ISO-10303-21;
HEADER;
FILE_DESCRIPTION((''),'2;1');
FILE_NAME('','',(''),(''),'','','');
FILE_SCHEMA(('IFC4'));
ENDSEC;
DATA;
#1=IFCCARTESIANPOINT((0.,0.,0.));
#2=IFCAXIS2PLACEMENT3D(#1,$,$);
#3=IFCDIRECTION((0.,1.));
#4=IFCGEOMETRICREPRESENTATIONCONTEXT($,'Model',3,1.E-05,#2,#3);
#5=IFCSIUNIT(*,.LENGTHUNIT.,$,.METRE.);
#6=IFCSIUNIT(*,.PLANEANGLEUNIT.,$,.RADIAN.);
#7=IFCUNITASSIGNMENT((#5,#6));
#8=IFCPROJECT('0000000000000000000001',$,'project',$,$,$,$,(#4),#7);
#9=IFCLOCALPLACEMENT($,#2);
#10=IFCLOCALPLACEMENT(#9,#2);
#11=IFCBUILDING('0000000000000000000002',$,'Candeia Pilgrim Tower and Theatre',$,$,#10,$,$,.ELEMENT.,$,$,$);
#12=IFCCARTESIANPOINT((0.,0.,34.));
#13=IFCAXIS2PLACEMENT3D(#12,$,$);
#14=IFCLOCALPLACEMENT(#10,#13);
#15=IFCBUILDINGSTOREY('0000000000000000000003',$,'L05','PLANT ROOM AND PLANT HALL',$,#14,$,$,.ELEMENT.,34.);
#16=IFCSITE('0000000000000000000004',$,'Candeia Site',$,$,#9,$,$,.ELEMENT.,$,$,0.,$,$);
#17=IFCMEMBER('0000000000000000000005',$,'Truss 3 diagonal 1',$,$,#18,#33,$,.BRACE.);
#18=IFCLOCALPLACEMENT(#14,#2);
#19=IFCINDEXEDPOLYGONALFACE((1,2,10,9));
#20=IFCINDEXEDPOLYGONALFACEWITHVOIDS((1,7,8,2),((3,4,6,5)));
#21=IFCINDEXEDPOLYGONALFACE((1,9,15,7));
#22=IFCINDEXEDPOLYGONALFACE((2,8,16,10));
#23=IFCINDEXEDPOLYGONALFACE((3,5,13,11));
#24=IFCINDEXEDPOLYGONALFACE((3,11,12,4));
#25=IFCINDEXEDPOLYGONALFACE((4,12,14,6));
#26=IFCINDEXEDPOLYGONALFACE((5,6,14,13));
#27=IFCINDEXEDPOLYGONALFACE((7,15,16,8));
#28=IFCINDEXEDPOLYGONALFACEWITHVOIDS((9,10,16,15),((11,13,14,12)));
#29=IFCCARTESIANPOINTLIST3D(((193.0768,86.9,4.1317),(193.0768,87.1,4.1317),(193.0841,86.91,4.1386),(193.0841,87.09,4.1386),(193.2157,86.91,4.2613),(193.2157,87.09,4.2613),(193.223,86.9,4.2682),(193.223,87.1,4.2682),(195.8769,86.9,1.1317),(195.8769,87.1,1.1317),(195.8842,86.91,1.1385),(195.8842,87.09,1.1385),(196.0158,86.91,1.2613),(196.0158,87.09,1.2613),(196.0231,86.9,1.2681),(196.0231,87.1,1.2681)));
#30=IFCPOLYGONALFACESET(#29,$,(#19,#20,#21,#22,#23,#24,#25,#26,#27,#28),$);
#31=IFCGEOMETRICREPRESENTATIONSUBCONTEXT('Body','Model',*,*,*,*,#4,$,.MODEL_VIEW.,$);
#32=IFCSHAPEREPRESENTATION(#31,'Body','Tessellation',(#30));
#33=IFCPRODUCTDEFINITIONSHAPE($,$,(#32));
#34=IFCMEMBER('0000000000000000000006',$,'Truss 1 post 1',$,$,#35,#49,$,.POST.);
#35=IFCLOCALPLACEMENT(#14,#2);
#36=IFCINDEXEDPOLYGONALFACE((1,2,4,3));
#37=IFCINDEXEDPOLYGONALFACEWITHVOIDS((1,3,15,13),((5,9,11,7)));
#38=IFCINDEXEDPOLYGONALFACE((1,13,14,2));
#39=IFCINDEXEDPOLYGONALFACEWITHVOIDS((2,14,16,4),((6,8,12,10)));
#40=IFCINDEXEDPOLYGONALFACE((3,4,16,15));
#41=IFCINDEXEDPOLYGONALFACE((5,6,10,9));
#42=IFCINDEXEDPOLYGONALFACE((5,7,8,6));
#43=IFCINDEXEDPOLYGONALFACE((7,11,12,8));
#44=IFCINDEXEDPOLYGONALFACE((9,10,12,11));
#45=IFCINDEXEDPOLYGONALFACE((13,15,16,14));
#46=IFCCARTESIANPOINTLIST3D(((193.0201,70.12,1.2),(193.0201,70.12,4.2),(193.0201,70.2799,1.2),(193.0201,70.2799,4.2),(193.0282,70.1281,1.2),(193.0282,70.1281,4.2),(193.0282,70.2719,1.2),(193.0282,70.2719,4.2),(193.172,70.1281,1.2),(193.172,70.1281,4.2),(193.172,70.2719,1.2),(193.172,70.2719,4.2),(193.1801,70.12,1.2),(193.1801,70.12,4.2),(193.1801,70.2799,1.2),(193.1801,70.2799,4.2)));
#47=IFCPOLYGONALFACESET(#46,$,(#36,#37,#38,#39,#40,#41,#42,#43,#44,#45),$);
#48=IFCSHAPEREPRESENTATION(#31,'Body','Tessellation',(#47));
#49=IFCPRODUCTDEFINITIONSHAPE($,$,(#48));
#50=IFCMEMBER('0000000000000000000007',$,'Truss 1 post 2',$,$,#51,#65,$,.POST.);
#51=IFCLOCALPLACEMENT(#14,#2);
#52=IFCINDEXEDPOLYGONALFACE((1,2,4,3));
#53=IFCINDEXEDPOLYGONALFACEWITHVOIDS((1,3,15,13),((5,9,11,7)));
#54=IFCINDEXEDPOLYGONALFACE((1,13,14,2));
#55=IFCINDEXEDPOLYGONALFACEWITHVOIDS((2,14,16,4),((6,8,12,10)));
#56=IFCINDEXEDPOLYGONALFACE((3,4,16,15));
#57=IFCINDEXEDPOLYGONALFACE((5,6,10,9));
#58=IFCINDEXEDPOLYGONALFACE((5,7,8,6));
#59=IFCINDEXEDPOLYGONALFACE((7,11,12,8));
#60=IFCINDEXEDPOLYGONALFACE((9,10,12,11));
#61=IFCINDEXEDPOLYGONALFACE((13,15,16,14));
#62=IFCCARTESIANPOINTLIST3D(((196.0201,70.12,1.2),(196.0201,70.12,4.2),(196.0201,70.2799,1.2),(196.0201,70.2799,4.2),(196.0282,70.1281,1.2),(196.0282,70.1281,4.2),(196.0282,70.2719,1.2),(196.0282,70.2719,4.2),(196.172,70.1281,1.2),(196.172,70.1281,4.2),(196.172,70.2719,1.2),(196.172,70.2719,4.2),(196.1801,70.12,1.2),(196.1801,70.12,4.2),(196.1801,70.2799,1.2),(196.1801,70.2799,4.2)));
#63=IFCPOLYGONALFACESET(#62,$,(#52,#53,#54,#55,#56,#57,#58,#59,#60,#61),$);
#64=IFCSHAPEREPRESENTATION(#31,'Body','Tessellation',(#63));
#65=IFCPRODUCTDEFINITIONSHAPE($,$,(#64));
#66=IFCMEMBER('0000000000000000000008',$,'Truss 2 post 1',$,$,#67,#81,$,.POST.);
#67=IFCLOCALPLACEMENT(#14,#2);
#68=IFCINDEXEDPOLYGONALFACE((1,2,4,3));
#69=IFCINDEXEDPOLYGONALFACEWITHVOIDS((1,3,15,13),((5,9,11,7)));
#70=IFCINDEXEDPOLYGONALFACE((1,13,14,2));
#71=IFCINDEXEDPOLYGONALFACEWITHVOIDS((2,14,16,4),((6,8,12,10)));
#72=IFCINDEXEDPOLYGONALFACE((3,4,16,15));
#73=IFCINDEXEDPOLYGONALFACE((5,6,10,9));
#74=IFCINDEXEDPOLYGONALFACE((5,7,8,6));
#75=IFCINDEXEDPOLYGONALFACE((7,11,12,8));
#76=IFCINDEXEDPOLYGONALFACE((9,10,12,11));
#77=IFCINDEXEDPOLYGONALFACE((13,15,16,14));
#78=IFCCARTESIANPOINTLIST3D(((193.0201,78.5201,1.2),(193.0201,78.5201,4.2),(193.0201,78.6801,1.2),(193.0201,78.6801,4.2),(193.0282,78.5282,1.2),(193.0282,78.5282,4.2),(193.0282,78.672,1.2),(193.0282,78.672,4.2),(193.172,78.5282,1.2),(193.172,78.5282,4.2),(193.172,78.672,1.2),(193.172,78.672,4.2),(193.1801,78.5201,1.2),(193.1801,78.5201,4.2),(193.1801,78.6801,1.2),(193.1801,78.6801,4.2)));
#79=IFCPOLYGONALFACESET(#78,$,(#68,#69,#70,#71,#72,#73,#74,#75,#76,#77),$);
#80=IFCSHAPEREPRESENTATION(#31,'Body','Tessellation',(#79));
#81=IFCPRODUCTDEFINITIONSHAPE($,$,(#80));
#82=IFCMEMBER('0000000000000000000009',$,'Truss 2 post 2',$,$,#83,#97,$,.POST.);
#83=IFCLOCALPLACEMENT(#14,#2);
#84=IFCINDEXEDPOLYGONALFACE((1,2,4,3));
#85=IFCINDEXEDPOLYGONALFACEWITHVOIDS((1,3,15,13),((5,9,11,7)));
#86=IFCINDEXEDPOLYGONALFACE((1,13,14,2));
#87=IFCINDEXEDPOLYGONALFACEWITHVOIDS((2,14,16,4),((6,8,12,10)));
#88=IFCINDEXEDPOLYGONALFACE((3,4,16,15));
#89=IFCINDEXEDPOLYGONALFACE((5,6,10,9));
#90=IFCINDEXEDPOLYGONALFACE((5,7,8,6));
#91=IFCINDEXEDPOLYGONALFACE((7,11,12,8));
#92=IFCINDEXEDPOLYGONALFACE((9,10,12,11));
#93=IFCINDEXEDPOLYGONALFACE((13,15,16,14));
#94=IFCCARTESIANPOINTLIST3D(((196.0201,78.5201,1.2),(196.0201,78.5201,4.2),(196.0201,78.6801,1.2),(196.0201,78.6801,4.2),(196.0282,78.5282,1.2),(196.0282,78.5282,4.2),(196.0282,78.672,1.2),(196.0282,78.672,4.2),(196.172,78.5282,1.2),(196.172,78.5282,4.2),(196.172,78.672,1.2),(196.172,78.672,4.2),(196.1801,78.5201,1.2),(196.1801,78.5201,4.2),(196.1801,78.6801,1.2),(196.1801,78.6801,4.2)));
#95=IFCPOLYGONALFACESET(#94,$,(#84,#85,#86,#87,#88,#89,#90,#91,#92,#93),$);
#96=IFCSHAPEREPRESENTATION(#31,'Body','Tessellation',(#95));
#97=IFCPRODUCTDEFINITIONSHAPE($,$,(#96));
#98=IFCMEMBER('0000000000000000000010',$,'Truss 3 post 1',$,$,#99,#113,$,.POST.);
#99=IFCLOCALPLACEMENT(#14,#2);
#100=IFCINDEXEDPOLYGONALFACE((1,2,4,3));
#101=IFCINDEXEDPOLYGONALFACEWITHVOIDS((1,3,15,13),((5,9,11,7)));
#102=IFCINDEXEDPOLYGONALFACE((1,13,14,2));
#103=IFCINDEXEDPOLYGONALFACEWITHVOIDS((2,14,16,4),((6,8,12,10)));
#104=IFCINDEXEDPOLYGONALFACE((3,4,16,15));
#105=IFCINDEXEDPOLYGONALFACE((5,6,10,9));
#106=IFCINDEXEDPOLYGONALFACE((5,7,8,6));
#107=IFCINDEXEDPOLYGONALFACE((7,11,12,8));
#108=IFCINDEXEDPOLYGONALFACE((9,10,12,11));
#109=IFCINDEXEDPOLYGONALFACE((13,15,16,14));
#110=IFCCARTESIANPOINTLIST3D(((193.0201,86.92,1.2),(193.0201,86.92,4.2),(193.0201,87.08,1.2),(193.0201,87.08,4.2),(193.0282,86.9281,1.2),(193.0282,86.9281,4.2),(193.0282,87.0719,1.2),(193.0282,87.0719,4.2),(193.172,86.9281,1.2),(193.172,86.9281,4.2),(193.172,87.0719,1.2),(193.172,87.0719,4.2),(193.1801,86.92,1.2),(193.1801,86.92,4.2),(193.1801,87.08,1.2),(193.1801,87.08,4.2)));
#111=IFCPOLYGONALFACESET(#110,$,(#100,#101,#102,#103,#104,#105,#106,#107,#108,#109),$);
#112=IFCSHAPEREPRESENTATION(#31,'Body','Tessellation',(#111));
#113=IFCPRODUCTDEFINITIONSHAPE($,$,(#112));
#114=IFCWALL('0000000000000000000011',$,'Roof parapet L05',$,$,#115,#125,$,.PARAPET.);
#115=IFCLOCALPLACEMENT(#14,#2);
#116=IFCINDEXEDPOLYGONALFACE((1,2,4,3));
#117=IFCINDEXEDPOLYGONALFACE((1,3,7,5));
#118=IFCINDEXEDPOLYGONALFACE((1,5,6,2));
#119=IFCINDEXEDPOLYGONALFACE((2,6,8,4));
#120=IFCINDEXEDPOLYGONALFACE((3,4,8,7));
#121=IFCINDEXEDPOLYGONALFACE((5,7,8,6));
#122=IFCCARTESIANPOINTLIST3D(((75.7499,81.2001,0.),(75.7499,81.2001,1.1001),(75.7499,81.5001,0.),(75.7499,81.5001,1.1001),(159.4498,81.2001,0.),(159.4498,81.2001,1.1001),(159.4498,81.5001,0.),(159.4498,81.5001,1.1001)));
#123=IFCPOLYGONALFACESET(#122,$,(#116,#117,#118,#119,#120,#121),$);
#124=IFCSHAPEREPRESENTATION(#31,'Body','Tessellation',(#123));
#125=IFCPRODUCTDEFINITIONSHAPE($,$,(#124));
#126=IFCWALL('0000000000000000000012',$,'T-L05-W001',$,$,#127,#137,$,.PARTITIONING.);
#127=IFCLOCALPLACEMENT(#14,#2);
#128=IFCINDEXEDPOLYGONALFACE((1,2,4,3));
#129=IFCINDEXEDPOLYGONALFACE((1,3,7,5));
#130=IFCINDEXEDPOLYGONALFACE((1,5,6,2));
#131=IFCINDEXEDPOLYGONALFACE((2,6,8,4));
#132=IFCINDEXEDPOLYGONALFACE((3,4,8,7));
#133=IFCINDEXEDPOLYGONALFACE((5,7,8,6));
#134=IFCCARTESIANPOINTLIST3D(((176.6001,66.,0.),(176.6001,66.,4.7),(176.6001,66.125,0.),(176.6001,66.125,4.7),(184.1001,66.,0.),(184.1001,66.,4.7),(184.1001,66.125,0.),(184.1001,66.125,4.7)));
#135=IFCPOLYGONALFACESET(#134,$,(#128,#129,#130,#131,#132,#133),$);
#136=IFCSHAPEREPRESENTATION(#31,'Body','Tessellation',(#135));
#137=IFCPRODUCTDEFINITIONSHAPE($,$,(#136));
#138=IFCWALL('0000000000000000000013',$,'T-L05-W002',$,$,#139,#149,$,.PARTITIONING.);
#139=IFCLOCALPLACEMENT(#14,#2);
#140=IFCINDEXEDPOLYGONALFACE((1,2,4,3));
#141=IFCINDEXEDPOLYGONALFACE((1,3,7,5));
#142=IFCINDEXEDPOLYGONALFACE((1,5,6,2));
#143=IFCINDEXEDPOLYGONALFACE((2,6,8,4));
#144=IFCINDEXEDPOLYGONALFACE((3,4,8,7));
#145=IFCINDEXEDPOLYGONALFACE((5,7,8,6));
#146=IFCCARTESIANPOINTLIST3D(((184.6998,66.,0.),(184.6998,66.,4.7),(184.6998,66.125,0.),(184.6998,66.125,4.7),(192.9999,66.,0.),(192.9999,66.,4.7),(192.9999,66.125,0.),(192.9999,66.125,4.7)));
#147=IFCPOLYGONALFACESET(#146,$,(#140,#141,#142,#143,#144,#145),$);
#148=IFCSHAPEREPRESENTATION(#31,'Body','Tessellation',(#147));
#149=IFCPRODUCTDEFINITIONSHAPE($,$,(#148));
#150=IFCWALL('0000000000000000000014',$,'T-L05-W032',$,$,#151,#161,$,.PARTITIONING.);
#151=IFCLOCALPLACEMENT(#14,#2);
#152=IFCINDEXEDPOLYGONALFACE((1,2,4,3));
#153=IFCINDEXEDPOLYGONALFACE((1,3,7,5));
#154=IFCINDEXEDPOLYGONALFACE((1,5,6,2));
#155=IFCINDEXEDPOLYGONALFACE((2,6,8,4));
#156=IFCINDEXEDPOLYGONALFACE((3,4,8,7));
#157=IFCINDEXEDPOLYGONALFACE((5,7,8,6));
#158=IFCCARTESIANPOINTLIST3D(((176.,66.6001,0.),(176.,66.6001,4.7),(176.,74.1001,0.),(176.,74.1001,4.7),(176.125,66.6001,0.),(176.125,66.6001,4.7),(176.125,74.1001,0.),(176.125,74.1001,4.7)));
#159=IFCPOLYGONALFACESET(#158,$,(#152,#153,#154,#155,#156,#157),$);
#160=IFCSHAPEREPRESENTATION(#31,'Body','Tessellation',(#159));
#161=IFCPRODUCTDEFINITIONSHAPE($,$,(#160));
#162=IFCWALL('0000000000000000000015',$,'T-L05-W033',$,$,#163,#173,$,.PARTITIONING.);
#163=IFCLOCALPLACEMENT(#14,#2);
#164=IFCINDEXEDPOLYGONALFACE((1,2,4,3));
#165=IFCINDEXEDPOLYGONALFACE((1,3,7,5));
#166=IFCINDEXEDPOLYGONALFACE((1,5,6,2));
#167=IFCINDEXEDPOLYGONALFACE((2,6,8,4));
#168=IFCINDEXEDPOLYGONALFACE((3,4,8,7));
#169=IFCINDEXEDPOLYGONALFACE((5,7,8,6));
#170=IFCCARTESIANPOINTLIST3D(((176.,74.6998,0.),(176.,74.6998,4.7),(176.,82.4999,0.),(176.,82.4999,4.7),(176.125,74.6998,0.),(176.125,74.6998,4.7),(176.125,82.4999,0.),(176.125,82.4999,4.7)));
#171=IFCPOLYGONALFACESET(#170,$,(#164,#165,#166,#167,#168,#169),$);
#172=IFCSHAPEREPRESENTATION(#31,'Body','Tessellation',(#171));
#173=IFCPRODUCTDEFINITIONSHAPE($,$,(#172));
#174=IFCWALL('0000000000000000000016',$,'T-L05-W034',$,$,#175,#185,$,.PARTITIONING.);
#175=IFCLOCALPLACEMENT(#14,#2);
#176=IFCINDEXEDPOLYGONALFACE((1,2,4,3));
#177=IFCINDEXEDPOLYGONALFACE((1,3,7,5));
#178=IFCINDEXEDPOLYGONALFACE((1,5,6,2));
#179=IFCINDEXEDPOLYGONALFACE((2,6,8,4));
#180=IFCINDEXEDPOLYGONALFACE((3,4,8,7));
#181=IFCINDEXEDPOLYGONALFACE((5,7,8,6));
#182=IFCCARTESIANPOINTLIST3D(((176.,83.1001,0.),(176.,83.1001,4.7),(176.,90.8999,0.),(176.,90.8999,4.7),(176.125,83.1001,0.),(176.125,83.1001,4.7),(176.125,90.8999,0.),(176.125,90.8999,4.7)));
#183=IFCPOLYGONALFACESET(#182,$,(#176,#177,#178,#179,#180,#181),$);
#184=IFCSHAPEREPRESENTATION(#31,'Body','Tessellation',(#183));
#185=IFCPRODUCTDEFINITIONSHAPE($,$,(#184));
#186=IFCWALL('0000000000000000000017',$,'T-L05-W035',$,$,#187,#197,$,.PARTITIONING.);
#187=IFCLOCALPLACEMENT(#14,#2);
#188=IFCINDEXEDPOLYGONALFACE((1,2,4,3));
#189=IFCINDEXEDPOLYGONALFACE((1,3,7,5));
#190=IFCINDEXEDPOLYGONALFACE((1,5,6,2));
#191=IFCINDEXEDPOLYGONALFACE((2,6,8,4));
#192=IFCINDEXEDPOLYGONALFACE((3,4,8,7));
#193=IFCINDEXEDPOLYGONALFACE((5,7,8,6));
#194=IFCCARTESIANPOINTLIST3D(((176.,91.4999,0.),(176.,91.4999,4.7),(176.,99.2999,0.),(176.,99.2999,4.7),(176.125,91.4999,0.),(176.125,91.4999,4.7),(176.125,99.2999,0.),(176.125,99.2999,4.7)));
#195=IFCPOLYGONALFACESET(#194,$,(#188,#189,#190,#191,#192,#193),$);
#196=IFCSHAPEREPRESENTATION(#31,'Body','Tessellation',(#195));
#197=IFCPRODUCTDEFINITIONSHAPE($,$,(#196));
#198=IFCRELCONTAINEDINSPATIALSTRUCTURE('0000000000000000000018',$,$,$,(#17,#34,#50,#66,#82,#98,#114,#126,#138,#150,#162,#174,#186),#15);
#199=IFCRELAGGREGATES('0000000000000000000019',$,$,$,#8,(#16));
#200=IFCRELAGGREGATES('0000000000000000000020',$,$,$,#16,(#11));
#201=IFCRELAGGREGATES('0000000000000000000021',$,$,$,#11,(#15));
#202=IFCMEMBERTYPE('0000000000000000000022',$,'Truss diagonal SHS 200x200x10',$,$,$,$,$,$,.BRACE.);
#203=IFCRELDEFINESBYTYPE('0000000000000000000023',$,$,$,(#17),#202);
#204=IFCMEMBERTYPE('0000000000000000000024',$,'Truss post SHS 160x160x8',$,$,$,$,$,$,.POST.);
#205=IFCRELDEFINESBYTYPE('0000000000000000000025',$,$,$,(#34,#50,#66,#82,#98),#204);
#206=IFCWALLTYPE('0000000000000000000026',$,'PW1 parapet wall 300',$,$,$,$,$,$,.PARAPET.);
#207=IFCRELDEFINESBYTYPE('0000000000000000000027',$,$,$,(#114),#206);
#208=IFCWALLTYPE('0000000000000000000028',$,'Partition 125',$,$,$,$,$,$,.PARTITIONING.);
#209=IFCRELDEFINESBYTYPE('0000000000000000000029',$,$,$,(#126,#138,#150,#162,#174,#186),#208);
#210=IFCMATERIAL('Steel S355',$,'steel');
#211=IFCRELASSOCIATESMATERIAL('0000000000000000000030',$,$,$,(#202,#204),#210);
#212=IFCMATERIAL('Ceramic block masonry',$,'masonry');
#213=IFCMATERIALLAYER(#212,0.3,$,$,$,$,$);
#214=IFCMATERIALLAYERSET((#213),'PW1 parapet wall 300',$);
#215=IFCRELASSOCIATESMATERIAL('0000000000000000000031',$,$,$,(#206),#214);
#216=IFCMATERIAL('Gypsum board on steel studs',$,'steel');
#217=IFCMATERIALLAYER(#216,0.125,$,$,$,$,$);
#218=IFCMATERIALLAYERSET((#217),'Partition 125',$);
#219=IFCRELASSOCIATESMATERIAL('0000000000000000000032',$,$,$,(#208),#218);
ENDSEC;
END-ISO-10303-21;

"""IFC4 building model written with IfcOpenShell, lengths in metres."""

from ifc_helpers import new_model, si_unit, direction, frame, frame_2d, origin, origin_2d, place, context, subcontext, project, spatial, rectangle, hollow_rectangle, extrude, material, layer, layer_set, material_profile, profile_set, type_object, element, save


model = new_model("IFC4")

# Units and contexts
model_context = context("Model", 3, precision=1e-05, world=origin(), true_north=direction((0.0, 1.0)))
body_context = subcontext(model_context, "Body", "Model", "MODEL_VIEW")
ifc_project = project(units=[si_unit("LENGTHUNIT", "METRE"), si_unit("PLANEANGLEUNIT", "RADIAN")], contexts=[model_context])

# Site, building, storey
site_placement = place(None, origin())
site = spatial("IfcSite", under=ifc_project, at=site_placement, Name="Candeia Site", CompositionType="ELEMENT", RefElevation=0.0)
building_placement = place(site_placement, origin())
building = spatial("IfcBuilding", under=site, at=building_placement, Name="Candeia Pilgrim Tower and Theatre", CompositionType="ELEMENT")
storey_placement = place(building_placement, frame((0.0, 0.0, 34.0)))
storey = spatial("IfcBuildingStorey", under=building, at=storey_placement, Name="L05", Description="PLANT ROOM AND PLANT HALL", CompositionType="ELEMENT", Elevation=34.0)

# Members
ifc_material_1 = material(Name="Steel S355", Category="steel")
ifc_material_profile_1 = material_profile(ifc_material_1, hollow_rectangle(XDim=0.2, YDim=0.2, WallThickness=0.01, at=origin_2d()))
ifc_profile_set_1 = profile_set([ifc_material_profile_1], Name="Steel S355")
member_type_1 = type_object("IfcMemberType", Name="Truss diagonal SHS 200x200x10", PredefinedType="BRACE", material=ifc_profile_set_1)
for number, where, z_axis, x_axis, name in (
    (1, (193.1499, 87.0, 4.2), (0.682325, 0.0, -0.731049), (0.0, 1.0, 0.0), "Truss 3 diagonal 1"),
):
    element("IfcMember", number, at=place(storey_placement, frame(where, z_axis=z_axis, x_axis=x_axis)), inside=storey, type_object=member_type_1, Name=name, PredefinedType="BRACE", context=body_context, shape_type="SweptSolid", body=[
        extrude(hollow_rectangle(XDim=0.2, YDim=0.2, WallThickness=0.01, at=origin_2d()), origin(), (0.0, 0.0, 1.0), 4.1038),
    ])
ifc_material_profile_2 = material_profile(ifc_material_1, hollow_rectangle(XDim=0.1599, YDim=0.1599, WallThickness=0.0081, at=origin_2d()))
ifc_profile_set_2 = profile_set([ifc_material_profile_2], Name="Steel S355")
member_type_2 = type_object("IfcMemberType", Name="Truss post SHS 160x160x8", PredefinedType="POST", material=ifc_profile_set_2)
for number, where, z_axis, x_axis, name in (
    (2, (193.1001, 70.2, 1.2), (0.0, 0.0, 1.0), (1.0, 0.0, 0.0), "Truss 1 post 1"),
    (3, (196.1001, 70.2, 1.2), (0.0, 0.0, 1.0), (1.0, 0.0, 0.0), "Truss 1 post 2"),
    (4, (193.1001, 78.6001, 1.2), (0.0, 0.0, 1.0), (1.0, 0.0, 0.0), "Truss 2 post 1"),
    (5, (196.1001, 78.6001, 1.2), (0.0, 0.0, 1.0), (1.0, 0.0, 0.0), "Truss 2 post 2"),
    (6, (193.1001, 87.0, 1.2), (0.0, 0.0, 1.0), (1.0, 0.0, 0.0), "Truss 3 post 1"),
):
    element("IfcMember", number, at=place(storey_placement, frame(where, z_axis=z_axis, x_axis=x_axis)), inside=storey, type_object=member_type_2, Name=name, PredefinedType="POST", context=body_context, shape_type="SweptSolid", body=[
        extrude(hollow_rectangle(XDim=0.1599, YDim=0.1599, WallThickness=0.0081, at=origin_2d()), origin(), (0.0, 0.0, 1.0), 3.0),
    ])

# Walls
ifc_material_2 = material(Name="Ceramic block masonry", Category="masonry")
ifc_layer_1 = layer(ifc_material_2, 0.3)
ifc_layer_set_1 = layer_set([ifc_layer_1], Name="PW1 parapet wall 300")
wall_type_1 = type_object("IfcWallType", Name="PW1 parapet wall 300", PredefinedType="PARAPET", material=ifc_layer_set_1)
wall_1_placement = place(storey_placement, frame((159.45, 81.3501, 0.0), z_axis=(0.0, 0.0, 1.0), x_axis=(-1.0, 0.0, 0.0)))
element("IfcWall", 7, at=wall_1_placement, inside=storey, type_object=wall_type_1, Name="Roof parapet L05", PredefinedType="PARAPET", context=body_context, shape_type="SweptSolid", body=[
    extrude(rectangle(XDim=83.7, YDim=0.3, at=frame_2d((41.8501, 0.0))), origin(), (0.0, 0.0, 1.0), 1.1001),
])
ifc_material_3 = material(Name="Gypsum board on steel studs", Category="steel")
ifc_layer_2 = layer(ifc_material_3, 0.125)
ifc_layer_set_2 = layer_set([ifc_layer_2], Name="Partition 125")
wall_type_2 = type_object("IfcWallType", Name="Partition 125", PredefinedType="PARTITIONING", material=ifc_layer_set_2)
wall_2_placement = place(storey_placement, frame((176.6001, 66.0625, 0.0), z_axis=(0.0, 0.0, 1.0), x_axis=(1.0, 0.0, 0.0)))
element("IfcWall", 8, at=wall_2_placement, inside=storey, type_object=wall_type_2, Name="T-L05-W001", PredefinedType="PARTITIONING", context=body_context, shape_type="SweptSolid", body=[
    extrude(rectangle(XDim=7.5, YDim=0.125, at=frame_2d((3.75, 0.0))), origin(), (0.0, 0.0, 1.0), 4.7),
])
wall_3_placement = place(storey_placement, frame((184.7, 66.0625, 0.0), z_axis=(0.0, 0.0, 1.0), x_axis=(1.0, 0.0, 0.0)))
element("IfcWall", 9, at=wall_3_placement, inside=storey, type_object=wall_type_2, Name="T-L05-W002", PredefinedType="PARTITIONING", context=body_context, shape_type="SweptSolid", body=[
    extrude(rectangle(XDim=8.3, YDim=0.125, at=frame_2d((4.1499, 0.0))), origin(), (0.0, 0.0, 1.0), 4.7),
])
wall_4_placement = place(storey_placement, frame((176.0625, 66.6001, 0.0), z_axis=(0.0, 0.0, 1.0), x_axis=(0.0, 1.0, 0.0)))
element("IfcWall", 10, at=wall_4_placement, inside=storey, type_object=wall_type_2, Name="T-L05-W032", PredefinedType="PARTITIONING", context=body_context, shape_type="SweptSolid", body=[
    extrude(rectangle(XDim=7.5, YDim=0.125, at=frame_2d((3.75, 0.0))), origin(), (0.0, 0.0, 1.0), 4.7),
])
wall_5_placement = place(storey_placement, frame((176.0625, 74.7, 0.0), z_axis=(0.0, 0.0, 1.0), x_axis=(0.0, 1.0, 0.0)))
element("IfcWall", 11, at=wall_5_placement, inside=storey, type_object=wall_type_2, Name="T-L05-W033", PredefinedType="PARTITIONING", context=body_context, shape_type="SweptSolid", body=[
    extrude(rectangle(XDim=7.8, YDim=0.125, at=frame_2d((3.8999, 0.0))), origin(), (0.0, 0.0, 1.0), 4.7),
])
wall_6_placement = place(storey_placement, frame((176.0625, 83.1001, 0.0), z_axis=(0.0, 0.0, 1.0), x_axis=(0.0, 1.0, 0.0)))
element("IfcWall", 12, at=wall_6_placement, inside=storey, type_object=wall_type_2, Name="T-L05-W034", PredefinedType="PARTITIONING", context=body_context, shape_type="SweptSolid", body=[
    extrude(rectangle(XDim=7.7998, YDim=0.125, at=frame_2d((3.8999, 0.0))), origin(), (0.0, 0.0, 1.0), 4.7),
])
wall_7_placement = place(storey_placement, frame((176.0625, 91.5, 0.0), z_axis=(0.0, 0.0, 1.0), x_axis=(0.0, 1.0, 0.0)))
element("IfcWall", 13, at=wall_7_placement, inside=storey, type_object=wall_type_2, Name="T-L05-W035", PredefinedType="PARTITIONING", context=body_context, shape_type="SweptSolid", body=[
    extrude(rectangle(XDim=7.8, YDim=0.125, at=frame_2d((3.8999, 0.0))), origin(), (0.0, 0.0, 1.0), 4.7),
])

save(model, "model.ifc")
